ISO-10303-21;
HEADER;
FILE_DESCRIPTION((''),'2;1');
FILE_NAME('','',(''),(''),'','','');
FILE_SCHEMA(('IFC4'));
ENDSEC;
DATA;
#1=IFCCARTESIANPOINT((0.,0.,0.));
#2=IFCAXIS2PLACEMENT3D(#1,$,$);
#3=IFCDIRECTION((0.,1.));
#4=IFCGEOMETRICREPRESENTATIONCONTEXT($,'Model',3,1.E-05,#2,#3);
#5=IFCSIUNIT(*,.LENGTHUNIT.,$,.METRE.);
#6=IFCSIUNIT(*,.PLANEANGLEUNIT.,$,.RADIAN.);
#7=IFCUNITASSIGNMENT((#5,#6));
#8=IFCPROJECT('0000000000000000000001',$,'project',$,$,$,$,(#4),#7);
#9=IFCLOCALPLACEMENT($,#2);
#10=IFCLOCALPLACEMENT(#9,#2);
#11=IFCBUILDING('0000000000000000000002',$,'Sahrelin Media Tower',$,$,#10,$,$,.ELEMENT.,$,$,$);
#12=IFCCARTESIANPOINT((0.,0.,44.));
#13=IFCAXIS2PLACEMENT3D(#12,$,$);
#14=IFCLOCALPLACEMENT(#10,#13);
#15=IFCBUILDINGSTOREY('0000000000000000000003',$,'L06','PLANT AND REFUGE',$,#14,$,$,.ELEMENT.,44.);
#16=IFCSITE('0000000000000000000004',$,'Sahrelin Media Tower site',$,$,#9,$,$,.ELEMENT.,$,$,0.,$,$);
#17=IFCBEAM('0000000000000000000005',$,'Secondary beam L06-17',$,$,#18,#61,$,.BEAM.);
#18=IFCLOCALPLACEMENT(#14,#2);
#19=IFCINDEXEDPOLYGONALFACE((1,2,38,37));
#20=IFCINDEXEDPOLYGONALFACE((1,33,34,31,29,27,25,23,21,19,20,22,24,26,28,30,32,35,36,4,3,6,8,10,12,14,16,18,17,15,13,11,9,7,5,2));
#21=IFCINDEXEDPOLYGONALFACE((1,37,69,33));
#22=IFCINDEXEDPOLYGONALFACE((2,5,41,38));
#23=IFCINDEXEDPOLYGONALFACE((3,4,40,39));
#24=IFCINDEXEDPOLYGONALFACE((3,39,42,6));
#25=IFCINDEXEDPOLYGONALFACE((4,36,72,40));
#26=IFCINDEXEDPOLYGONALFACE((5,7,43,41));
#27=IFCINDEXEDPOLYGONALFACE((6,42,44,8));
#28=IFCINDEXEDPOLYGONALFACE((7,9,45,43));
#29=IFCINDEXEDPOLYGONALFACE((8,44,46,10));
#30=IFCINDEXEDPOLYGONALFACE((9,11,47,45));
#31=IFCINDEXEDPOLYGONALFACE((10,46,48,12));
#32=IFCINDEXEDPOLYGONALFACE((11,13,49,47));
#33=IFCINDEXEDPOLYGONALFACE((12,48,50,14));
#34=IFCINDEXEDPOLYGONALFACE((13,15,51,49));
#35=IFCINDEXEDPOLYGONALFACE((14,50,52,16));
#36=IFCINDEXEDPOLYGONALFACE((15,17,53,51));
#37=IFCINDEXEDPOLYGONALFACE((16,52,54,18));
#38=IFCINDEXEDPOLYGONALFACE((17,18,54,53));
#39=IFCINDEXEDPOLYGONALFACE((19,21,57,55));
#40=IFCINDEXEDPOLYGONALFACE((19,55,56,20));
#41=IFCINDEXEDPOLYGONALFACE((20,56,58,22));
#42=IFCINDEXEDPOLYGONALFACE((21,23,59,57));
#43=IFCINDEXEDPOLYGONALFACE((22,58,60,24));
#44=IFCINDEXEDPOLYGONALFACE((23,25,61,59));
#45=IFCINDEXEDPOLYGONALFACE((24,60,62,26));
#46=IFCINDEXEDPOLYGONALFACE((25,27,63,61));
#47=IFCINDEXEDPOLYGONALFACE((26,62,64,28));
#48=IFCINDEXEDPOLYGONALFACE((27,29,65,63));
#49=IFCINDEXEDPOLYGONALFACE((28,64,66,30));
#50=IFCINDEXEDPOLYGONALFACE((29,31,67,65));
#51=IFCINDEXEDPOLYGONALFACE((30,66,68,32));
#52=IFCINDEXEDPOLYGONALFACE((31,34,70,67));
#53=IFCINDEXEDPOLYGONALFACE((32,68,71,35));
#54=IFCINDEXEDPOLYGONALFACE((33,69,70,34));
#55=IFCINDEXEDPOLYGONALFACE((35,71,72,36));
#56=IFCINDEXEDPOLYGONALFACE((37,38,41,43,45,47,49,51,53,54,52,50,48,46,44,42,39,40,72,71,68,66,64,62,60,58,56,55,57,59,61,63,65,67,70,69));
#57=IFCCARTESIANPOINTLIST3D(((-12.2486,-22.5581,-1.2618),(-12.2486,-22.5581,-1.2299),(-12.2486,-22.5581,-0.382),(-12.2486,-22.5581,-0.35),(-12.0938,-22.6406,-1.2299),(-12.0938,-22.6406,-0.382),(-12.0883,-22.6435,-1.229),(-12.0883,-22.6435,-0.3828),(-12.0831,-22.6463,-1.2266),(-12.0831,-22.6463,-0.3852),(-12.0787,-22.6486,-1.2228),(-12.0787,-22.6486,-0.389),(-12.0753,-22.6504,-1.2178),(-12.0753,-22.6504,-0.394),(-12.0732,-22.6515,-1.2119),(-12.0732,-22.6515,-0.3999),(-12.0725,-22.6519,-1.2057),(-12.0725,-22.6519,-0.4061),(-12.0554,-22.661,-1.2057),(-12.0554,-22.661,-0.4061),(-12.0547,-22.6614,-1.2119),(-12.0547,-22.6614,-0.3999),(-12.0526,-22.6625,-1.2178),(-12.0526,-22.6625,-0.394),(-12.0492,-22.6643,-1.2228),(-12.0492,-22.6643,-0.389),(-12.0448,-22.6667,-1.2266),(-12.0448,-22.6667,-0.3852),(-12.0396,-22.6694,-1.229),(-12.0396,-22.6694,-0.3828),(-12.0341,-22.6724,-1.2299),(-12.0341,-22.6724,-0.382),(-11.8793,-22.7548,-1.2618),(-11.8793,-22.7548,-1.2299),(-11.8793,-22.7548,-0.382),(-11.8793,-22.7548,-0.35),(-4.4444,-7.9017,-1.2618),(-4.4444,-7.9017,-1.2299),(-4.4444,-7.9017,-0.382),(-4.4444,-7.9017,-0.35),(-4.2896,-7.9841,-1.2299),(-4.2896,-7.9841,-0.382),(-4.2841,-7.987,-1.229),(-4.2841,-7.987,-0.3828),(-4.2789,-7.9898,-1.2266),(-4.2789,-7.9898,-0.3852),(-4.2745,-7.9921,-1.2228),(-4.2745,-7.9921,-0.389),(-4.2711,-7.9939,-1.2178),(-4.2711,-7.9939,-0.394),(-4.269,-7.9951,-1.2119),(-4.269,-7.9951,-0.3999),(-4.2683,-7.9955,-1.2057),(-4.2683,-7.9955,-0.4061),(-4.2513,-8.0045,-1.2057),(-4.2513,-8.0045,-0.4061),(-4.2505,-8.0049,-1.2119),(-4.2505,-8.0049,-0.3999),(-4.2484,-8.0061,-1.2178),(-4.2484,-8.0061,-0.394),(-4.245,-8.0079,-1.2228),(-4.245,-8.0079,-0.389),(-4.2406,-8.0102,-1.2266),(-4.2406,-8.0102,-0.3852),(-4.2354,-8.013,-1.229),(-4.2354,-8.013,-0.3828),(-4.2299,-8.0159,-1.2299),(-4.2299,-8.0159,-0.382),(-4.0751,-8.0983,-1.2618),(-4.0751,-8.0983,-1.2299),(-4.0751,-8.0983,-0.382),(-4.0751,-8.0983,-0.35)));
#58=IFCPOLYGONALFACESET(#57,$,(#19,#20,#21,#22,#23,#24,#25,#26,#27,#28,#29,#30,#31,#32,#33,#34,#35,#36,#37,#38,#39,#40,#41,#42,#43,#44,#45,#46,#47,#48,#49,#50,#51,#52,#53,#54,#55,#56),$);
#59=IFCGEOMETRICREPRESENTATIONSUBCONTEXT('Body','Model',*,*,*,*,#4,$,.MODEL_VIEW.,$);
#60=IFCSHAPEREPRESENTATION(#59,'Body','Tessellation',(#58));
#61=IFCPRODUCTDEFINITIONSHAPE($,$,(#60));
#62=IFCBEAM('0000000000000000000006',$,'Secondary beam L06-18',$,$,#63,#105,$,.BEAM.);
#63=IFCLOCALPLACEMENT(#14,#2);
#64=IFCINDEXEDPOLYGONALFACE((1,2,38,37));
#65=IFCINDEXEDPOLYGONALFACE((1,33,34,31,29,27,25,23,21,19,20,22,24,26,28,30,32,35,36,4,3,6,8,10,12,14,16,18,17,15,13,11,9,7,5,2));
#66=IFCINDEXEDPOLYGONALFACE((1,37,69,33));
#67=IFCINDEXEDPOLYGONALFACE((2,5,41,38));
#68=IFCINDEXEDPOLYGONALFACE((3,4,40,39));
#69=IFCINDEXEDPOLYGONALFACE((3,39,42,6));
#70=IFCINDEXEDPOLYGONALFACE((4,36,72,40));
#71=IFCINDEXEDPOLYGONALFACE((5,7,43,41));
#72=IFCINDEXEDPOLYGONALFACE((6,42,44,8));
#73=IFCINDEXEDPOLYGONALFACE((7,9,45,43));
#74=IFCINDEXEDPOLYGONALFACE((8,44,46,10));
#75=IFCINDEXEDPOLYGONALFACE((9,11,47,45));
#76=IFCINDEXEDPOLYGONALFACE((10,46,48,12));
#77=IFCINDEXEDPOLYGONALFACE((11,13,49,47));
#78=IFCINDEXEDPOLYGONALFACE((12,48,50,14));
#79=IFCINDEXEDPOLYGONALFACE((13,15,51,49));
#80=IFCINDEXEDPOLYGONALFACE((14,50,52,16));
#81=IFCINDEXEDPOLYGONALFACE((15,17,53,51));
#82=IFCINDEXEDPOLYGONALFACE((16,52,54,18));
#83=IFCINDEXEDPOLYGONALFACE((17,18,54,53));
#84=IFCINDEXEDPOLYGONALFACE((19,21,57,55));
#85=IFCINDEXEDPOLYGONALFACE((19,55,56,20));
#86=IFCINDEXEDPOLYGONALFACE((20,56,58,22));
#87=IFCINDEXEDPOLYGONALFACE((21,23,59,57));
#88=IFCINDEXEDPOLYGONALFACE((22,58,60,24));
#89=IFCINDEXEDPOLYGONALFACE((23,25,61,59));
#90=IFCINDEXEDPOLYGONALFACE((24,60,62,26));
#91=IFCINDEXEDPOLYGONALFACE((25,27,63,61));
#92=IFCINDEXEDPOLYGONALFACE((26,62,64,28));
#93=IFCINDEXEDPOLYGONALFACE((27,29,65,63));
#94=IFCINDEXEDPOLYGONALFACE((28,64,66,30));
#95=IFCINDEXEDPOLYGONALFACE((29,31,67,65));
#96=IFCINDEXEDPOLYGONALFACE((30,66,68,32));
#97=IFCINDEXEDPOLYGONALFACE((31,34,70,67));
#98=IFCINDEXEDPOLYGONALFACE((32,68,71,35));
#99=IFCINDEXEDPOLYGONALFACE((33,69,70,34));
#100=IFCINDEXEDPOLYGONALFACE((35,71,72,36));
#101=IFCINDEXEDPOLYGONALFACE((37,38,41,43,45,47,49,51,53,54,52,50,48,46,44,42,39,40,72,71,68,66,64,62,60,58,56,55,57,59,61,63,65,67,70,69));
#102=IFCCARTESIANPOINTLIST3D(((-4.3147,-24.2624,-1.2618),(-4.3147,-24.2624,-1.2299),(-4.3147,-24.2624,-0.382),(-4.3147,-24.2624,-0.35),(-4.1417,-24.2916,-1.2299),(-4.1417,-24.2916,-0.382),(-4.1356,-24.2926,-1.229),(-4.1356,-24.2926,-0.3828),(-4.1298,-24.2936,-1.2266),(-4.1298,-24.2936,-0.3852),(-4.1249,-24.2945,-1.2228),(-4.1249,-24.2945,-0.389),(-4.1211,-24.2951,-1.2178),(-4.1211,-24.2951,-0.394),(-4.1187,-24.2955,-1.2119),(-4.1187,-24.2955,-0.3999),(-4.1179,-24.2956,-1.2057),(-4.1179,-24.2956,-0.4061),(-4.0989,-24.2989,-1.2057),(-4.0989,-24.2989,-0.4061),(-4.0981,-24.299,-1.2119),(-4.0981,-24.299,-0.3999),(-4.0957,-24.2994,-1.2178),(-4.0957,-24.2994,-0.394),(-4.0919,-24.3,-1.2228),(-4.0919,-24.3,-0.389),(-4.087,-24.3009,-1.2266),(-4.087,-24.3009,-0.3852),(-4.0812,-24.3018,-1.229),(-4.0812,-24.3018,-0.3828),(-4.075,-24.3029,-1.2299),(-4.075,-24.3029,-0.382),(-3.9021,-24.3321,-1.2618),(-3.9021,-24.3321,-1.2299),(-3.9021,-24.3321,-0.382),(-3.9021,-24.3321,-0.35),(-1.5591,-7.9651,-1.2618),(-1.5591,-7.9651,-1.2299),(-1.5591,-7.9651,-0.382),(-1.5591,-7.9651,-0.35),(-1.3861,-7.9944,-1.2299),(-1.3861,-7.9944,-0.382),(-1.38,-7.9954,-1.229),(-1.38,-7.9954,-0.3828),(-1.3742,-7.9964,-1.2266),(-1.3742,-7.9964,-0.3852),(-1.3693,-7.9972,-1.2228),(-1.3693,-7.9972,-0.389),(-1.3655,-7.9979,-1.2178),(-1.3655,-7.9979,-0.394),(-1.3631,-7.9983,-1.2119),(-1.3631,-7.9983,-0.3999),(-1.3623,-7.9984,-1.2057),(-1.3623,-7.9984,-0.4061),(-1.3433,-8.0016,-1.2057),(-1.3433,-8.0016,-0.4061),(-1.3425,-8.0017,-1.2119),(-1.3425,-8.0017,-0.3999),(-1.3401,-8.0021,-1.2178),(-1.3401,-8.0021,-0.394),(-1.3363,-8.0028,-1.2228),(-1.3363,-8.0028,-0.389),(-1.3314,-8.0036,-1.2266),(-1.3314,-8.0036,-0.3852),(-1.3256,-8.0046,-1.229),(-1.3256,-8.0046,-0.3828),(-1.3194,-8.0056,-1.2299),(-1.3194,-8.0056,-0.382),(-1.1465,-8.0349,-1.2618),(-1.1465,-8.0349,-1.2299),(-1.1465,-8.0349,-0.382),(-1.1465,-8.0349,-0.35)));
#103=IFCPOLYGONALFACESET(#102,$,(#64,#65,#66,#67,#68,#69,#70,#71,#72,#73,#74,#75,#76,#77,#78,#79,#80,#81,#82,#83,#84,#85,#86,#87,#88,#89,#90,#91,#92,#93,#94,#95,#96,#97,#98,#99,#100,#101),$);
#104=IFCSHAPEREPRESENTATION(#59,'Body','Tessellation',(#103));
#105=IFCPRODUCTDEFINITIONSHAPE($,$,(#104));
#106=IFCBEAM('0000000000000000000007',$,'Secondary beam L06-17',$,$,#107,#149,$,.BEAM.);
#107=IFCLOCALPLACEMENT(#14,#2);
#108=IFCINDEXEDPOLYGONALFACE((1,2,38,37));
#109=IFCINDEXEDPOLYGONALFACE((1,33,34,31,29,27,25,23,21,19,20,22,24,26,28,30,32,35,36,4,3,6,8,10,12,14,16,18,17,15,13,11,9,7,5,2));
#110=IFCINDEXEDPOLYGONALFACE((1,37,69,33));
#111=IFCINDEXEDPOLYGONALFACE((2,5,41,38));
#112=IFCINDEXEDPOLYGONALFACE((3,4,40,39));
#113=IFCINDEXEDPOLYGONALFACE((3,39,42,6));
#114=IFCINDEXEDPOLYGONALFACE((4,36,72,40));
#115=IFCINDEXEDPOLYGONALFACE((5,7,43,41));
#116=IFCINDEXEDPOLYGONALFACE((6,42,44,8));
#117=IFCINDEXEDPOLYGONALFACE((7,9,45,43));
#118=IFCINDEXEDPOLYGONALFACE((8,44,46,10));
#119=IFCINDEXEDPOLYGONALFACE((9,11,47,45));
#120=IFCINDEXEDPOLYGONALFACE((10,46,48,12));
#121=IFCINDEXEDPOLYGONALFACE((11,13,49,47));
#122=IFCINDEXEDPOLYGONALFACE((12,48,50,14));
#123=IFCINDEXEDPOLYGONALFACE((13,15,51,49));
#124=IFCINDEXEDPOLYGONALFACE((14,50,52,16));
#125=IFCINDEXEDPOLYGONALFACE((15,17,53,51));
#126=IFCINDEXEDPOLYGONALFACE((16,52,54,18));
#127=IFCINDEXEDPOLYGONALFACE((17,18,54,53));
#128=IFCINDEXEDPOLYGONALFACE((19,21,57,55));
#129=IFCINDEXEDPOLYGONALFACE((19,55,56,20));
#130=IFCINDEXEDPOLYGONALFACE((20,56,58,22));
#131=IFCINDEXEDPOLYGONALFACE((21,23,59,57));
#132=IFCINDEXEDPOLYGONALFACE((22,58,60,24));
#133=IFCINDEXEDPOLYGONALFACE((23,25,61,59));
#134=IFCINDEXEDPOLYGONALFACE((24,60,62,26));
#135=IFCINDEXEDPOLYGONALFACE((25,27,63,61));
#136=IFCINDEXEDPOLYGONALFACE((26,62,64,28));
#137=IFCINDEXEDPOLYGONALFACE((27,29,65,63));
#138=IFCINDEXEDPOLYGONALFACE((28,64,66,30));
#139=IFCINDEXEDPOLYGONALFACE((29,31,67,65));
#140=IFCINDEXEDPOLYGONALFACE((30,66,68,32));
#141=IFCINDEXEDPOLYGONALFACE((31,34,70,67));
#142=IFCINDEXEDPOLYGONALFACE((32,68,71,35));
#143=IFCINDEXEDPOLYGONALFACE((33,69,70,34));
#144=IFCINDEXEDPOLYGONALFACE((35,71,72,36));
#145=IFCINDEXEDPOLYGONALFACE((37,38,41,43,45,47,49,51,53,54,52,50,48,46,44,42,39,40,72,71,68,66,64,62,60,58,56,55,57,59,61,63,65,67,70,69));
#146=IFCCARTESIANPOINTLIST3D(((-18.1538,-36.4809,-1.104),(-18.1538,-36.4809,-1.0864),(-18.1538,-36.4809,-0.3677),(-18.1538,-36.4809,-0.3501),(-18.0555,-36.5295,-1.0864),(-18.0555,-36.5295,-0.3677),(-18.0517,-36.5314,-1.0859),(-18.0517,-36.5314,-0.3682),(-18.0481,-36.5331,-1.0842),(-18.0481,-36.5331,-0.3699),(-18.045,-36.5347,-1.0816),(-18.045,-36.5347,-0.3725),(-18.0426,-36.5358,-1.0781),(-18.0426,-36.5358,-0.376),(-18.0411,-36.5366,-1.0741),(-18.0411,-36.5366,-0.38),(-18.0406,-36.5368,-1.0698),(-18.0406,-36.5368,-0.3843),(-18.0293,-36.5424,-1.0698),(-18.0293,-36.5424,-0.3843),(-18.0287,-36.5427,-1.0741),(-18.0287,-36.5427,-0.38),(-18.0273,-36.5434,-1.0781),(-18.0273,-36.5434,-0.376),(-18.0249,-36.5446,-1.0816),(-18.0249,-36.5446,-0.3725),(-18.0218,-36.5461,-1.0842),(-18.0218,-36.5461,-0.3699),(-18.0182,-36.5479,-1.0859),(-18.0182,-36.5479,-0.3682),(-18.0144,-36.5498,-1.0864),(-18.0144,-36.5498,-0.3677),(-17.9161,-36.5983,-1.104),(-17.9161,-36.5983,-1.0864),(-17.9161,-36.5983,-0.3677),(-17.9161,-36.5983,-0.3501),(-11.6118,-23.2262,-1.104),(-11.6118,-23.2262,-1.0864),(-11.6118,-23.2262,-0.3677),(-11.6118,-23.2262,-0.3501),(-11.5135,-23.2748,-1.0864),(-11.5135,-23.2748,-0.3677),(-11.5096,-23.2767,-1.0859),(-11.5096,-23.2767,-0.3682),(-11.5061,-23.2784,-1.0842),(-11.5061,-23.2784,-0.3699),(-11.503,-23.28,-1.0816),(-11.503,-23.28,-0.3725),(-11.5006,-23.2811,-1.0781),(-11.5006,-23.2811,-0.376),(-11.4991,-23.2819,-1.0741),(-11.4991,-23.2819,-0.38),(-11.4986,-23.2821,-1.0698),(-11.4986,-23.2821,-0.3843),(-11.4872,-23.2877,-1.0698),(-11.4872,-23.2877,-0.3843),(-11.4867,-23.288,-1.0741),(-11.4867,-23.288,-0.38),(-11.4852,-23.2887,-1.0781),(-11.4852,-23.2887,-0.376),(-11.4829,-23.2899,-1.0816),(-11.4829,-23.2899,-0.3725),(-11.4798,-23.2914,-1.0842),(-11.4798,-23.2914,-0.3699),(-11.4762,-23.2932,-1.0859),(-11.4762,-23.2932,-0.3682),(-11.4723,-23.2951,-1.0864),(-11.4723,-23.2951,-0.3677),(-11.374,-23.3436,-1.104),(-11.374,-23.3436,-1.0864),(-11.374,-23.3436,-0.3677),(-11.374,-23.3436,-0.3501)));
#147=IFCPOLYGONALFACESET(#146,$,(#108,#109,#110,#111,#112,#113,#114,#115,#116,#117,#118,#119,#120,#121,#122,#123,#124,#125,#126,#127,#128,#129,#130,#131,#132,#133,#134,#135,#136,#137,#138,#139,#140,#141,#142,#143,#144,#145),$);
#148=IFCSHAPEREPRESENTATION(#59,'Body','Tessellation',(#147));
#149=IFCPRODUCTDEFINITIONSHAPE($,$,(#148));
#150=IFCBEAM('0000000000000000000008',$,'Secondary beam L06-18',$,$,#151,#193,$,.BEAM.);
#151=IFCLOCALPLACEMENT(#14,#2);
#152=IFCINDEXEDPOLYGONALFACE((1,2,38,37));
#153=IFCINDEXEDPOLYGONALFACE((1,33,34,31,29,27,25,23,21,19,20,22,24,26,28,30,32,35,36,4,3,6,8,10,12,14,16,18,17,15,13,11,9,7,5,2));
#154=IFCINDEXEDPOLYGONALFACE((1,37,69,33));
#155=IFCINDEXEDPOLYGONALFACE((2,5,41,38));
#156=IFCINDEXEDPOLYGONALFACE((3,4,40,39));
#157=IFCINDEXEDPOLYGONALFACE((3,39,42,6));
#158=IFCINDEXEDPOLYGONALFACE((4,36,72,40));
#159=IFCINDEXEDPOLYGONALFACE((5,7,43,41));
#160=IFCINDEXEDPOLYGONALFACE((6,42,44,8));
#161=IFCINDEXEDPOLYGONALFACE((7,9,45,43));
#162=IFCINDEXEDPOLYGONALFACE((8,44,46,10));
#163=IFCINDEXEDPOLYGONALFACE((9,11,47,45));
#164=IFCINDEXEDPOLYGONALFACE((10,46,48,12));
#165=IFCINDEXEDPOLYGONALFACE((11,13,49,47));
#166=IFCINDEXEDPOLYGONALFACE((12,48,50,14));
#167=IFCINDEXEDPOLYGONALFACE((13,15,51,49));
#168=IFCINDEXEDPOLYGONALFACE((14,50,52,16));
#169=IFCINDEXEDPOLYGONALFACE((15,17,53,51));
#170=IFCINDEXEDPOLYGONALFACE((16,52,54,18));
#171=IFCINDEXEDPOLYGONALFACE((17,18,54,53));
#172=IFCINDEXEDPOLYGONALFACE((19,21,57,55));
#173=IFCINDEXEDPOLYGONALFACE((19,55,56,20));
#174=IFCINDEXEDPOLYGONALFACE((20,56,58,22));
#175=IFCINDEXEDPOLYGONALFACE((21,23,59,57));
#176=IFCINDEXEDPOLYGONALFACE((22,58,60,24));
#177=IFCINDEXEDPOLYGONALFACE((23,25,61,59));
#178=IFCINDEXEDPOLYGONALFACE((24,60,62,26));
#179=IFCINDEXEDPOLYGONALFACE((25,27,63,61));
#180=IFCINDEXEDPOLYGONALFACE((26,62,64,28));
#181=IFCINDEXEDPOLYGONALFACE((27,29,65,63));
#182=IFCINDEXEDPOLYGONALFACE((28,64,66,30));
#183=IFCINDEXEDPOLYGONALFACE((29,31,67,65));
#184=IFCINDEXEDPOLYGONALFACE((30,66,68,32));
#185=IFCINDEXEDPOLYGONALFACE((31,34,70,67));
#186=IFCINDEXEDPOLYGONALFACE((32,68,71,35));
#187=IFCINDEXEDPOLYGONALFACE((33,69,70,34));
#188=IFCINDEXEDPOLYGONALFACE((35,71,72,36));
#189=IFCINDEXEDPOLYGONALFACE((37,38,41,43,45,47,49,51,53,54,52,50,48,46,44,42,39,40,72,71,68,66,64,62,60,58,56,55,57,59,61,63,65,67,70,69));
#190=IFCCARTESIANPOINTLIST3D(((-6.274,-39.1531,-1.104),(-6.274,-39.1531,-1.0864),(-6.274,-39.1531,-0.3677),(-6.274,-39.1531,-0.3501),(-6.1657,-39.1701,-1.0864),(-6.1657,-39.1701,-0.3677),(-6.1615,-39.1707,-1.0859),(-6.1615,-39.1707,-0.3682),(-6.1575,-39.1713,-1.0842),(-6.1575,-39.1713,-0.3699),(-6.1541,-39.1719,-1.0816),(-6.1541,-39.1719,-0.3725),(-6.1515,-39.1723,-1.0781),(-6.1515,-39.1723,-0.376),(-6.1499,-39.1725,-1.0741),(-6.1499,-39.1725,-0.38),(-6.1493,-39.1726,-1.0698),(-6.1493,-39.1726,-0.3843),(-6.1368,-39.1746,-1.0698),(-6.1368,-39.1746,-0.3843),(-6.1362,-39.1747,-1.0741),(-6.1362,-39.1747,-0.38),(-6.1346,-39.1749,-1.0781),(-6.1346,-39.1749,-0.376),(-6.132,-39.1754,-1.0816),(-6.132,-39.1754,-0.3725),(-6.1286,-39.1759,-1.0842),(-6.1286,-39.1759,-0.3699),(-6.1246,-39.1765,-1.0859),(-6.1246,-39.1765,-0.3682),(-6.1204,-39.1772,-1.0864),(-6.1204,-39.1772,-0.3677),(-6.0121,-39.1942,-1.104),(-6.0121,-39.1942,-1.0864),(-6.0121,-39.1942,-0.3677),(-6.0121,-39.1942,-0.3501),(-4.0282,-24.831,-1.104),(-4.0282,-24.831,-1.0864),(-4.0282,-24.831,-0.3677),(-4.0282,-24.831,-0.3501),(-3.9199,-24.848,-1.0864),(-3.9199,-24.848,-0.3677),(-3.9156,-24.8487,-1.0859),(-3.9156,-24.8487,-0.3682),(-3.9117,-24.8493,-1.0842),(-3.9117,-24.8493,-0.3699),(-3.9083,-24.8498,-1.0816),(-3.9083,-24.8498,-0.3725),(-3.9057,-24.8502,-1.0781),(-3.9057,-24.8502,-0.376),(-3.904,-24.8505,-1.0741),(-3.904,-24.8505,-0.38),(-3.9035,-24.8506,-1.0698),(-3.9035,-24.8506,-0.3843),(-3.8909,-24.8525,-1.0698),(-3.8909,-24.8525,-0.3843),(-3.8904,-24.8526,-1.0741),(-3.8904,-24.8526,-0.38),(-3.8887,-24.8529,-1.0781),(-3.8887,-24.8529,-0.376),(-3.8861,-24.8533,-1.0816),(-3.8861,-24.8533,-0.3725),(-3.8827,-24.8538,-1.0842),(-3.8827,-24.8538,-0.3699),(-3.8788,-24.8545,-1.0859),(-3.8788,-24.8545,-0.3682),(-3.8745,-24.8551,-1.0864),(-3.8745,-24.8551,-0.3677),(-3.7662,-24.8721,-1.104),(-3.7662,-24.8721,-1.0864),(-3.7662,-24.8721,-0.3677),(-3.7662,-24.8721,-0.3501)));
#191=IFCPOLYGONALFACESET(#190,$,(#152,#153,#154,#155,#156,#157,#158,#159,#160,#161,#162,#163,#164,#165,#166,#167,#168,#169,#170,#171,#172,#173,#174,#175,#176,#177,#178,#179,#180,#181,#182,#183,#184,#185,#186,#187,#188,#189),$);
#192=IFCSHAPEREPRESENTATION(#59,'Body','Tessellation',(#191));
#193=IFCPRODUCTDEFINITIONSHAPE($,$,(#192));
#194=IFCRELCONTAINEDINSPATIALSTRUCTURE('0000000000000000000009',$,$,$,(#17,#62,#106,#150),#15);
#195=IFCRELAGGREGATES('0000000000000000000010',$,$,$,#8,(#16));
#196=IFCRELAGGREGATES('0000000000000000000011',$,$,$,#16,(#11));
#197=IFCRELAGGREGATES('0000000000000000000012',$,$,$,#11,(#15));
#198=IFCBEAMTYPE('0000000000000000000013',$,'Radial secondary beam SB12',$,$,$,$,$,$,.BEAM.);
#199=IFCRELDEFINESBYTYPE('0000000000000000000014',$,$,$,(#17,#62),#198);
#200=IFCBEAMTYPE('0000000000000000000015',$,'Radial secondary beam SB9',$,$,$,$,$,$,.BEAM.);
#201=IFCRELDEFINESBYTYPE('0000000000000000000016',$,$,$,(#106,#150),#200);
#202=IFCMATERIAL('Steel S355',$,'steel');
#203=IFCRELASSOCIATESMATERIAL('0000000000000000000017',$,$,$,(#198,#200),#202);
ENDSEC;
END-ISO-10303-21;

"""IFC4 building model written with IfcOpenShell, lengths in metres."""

from ifc_helpers import new_model, si_unit, direction, frame, origin, origin_2d, place, context, subcontext, project, spatial, i_section, extrude, material, material_profile, profile_set, type_object, element, save


model = new_model("IFC4")

# Units and contexts
model_context = context("Model", 3, precision=1e-05, world=origin(), true_north=direction((0.0, 1.0)))
body_context = subcontext(model_context, "Body", "Model", "MODEL_VIEW")
ifc_project = project(units=[si_unit("LENGTHUNIT", "METRE"), si_unit("PLANEANGLEUNIT", "RADIAN")], contexts=[model_context])

# Site, building, storey
site_placement = place(None, origin())
site = spatial("IfcSite", under=ifc_project, at=site_placement, Name="Sahrelin Media Tower site", CompositionType="ELEMENT", RefElevation=0.0)
building_placement = place(site_placement, origin())
building = spatial("IfcBuilding", under=site, at=building_placement, Name="Sahrelin Media Tower", CompositionType="ELEMENT")
storey_placement = place(building_placement, frame((0.0, 0.0, 44.0)))
storey = spatial("IfcBuildingStorey", under=building, at=storey_placement, Name="L06", Description="PLANT AND REFUGE", CompositionType="ELEMENT", Elevation=44.0)

# Beams
ifc_material_1 = material(Name="Steel S355", Category="steel")
ifc_material_profile_1 = material_profile(ifc_material_1, i_section(OverallWidth=0.4185, OverallDepth=0.9119, WebThickness=0.0193, FlangeThickness=0.032, FilletRadius=0.0242, at=origin_2d()), Name="UB 914x419x343")
ifc_profile_set_1 = profile_set([ifc_material_profile_1], Name="Steel S355")
beam_type_1 = type_object("IfcBeamType", Name="Radial secondary beam SB12", PredefinedType="BEAM", material=ifc_profile_set_1)
beam_1_placement = place(storey_placement, frame((-4.2598, -8.0, -0.8059), z_axis=(-0.469997, -0.882668, 0.0), x_axis=(0.882668, -0.469997, 0.0)))
element("IfcBeam", 1, at=beam_1_placement, inside=storey, type_object=beam_type_1, Name="Secondary beam L06-17", PredefinedType="BEAM", context=body_context, shape_type="SweptSolid", body=[
    extrude(i_section(OverallWidth=0.4185, OverallDepth=0.9119, WebThickness=0.0193, FlangeThickness=0.032, FilletRadius=0.0242, at=origin_2d()), origin(), (0.0, 0.0, 1.0), 16.6047),
])
beam_2_placement = place(storey_placement, frame((-1.3528, -8.0, -0.8059), z_axis=(-0.166717, -0.986005, 0.0), x_axis=(0.986005, -0.166717, 0.0)))
element("IfcBeam", 2, at=beam_2_placement, inside=storey, type_object=beam_type_1, Name="Secondary beam L06-18", PredefinedType="BEAM", context=body_context, shape_type="SweptSolid", body=[
    extrude(i_section(OverallWidth=0.4185, OverallDepth=0.9119, WebThickness=0.0193, FlangeThickness=0.032, FilletRadius=0.0242, at=origin_2d()), origin(), (0.0, 0.0, 1.0), 16.5286),
])
ifc_material_profile_2 = material_profile(ifc_material_1, i_section(OverallWidth=0.2651, OverallDepth=0.7539, WebThickness=0.0127, FlangeThickness=0.0176, FilletRadius=0.0166, at=origin_2d()), Name="UB 762x267x147")
ifc_profile_set_2 = profile_set([ifc_material_profile_2], Name="Steel S355")
beam_type_2 = type_object("IfcBeamType", Name="Radial secondary beam SB9", PredefinedType="BEAM", material=ifc_profile_set_2)
beam_3_placement = place(storey_placement, frame((-11.4929, -23.2849, -0.7271), z_axis=(-0.442589, -0.896724, 0.0), x_axis=(0.896724, -0.442589, 0.0)))
element("IfcBeam", 3, at=beam_3_placement, inside=storey, type_object=beam_type_2, Name="Secondary beam L06-17", PredefinedType="BEAM", context=body_context, shape_type="SweptSolid", body=[
    extrude(i_section(OverallWidth=0.2651, OverallDepth=0.7539, WebThickness=0.0127, FlangeThickness=0.0176, FilletRadius=0.0166, at=origin_2d()), origin(), (0.0, 0.0, 1.0), 14.7812),
])
beam_4_placement = place(storey_placement, frame((-3.8972, -24.8516, -0.7271), z_axis=(-0.154918, -0.987927, 0.0), x_axis=(0.987927, -0.154918, 0.0)))
element("IfcBeam", 4, at=beam_4_placement, inside=storey, type_object=beam_type_2, Name="Secondary beam L06-18", PredefinedType="BEAM", context=body_context, shape_type="SweptSolid", body=[
    extrude(i_section(OverallWidth=0.2651, OverallDepth=0.7539, WebThickness=0.0127, FlangeThickness=0.0176, FilletRadius=0.0166, at=origin_2d()), origin(), (0.0, 0.0, 1.0), 14.4971),
])

save(model, "model.ifc")
